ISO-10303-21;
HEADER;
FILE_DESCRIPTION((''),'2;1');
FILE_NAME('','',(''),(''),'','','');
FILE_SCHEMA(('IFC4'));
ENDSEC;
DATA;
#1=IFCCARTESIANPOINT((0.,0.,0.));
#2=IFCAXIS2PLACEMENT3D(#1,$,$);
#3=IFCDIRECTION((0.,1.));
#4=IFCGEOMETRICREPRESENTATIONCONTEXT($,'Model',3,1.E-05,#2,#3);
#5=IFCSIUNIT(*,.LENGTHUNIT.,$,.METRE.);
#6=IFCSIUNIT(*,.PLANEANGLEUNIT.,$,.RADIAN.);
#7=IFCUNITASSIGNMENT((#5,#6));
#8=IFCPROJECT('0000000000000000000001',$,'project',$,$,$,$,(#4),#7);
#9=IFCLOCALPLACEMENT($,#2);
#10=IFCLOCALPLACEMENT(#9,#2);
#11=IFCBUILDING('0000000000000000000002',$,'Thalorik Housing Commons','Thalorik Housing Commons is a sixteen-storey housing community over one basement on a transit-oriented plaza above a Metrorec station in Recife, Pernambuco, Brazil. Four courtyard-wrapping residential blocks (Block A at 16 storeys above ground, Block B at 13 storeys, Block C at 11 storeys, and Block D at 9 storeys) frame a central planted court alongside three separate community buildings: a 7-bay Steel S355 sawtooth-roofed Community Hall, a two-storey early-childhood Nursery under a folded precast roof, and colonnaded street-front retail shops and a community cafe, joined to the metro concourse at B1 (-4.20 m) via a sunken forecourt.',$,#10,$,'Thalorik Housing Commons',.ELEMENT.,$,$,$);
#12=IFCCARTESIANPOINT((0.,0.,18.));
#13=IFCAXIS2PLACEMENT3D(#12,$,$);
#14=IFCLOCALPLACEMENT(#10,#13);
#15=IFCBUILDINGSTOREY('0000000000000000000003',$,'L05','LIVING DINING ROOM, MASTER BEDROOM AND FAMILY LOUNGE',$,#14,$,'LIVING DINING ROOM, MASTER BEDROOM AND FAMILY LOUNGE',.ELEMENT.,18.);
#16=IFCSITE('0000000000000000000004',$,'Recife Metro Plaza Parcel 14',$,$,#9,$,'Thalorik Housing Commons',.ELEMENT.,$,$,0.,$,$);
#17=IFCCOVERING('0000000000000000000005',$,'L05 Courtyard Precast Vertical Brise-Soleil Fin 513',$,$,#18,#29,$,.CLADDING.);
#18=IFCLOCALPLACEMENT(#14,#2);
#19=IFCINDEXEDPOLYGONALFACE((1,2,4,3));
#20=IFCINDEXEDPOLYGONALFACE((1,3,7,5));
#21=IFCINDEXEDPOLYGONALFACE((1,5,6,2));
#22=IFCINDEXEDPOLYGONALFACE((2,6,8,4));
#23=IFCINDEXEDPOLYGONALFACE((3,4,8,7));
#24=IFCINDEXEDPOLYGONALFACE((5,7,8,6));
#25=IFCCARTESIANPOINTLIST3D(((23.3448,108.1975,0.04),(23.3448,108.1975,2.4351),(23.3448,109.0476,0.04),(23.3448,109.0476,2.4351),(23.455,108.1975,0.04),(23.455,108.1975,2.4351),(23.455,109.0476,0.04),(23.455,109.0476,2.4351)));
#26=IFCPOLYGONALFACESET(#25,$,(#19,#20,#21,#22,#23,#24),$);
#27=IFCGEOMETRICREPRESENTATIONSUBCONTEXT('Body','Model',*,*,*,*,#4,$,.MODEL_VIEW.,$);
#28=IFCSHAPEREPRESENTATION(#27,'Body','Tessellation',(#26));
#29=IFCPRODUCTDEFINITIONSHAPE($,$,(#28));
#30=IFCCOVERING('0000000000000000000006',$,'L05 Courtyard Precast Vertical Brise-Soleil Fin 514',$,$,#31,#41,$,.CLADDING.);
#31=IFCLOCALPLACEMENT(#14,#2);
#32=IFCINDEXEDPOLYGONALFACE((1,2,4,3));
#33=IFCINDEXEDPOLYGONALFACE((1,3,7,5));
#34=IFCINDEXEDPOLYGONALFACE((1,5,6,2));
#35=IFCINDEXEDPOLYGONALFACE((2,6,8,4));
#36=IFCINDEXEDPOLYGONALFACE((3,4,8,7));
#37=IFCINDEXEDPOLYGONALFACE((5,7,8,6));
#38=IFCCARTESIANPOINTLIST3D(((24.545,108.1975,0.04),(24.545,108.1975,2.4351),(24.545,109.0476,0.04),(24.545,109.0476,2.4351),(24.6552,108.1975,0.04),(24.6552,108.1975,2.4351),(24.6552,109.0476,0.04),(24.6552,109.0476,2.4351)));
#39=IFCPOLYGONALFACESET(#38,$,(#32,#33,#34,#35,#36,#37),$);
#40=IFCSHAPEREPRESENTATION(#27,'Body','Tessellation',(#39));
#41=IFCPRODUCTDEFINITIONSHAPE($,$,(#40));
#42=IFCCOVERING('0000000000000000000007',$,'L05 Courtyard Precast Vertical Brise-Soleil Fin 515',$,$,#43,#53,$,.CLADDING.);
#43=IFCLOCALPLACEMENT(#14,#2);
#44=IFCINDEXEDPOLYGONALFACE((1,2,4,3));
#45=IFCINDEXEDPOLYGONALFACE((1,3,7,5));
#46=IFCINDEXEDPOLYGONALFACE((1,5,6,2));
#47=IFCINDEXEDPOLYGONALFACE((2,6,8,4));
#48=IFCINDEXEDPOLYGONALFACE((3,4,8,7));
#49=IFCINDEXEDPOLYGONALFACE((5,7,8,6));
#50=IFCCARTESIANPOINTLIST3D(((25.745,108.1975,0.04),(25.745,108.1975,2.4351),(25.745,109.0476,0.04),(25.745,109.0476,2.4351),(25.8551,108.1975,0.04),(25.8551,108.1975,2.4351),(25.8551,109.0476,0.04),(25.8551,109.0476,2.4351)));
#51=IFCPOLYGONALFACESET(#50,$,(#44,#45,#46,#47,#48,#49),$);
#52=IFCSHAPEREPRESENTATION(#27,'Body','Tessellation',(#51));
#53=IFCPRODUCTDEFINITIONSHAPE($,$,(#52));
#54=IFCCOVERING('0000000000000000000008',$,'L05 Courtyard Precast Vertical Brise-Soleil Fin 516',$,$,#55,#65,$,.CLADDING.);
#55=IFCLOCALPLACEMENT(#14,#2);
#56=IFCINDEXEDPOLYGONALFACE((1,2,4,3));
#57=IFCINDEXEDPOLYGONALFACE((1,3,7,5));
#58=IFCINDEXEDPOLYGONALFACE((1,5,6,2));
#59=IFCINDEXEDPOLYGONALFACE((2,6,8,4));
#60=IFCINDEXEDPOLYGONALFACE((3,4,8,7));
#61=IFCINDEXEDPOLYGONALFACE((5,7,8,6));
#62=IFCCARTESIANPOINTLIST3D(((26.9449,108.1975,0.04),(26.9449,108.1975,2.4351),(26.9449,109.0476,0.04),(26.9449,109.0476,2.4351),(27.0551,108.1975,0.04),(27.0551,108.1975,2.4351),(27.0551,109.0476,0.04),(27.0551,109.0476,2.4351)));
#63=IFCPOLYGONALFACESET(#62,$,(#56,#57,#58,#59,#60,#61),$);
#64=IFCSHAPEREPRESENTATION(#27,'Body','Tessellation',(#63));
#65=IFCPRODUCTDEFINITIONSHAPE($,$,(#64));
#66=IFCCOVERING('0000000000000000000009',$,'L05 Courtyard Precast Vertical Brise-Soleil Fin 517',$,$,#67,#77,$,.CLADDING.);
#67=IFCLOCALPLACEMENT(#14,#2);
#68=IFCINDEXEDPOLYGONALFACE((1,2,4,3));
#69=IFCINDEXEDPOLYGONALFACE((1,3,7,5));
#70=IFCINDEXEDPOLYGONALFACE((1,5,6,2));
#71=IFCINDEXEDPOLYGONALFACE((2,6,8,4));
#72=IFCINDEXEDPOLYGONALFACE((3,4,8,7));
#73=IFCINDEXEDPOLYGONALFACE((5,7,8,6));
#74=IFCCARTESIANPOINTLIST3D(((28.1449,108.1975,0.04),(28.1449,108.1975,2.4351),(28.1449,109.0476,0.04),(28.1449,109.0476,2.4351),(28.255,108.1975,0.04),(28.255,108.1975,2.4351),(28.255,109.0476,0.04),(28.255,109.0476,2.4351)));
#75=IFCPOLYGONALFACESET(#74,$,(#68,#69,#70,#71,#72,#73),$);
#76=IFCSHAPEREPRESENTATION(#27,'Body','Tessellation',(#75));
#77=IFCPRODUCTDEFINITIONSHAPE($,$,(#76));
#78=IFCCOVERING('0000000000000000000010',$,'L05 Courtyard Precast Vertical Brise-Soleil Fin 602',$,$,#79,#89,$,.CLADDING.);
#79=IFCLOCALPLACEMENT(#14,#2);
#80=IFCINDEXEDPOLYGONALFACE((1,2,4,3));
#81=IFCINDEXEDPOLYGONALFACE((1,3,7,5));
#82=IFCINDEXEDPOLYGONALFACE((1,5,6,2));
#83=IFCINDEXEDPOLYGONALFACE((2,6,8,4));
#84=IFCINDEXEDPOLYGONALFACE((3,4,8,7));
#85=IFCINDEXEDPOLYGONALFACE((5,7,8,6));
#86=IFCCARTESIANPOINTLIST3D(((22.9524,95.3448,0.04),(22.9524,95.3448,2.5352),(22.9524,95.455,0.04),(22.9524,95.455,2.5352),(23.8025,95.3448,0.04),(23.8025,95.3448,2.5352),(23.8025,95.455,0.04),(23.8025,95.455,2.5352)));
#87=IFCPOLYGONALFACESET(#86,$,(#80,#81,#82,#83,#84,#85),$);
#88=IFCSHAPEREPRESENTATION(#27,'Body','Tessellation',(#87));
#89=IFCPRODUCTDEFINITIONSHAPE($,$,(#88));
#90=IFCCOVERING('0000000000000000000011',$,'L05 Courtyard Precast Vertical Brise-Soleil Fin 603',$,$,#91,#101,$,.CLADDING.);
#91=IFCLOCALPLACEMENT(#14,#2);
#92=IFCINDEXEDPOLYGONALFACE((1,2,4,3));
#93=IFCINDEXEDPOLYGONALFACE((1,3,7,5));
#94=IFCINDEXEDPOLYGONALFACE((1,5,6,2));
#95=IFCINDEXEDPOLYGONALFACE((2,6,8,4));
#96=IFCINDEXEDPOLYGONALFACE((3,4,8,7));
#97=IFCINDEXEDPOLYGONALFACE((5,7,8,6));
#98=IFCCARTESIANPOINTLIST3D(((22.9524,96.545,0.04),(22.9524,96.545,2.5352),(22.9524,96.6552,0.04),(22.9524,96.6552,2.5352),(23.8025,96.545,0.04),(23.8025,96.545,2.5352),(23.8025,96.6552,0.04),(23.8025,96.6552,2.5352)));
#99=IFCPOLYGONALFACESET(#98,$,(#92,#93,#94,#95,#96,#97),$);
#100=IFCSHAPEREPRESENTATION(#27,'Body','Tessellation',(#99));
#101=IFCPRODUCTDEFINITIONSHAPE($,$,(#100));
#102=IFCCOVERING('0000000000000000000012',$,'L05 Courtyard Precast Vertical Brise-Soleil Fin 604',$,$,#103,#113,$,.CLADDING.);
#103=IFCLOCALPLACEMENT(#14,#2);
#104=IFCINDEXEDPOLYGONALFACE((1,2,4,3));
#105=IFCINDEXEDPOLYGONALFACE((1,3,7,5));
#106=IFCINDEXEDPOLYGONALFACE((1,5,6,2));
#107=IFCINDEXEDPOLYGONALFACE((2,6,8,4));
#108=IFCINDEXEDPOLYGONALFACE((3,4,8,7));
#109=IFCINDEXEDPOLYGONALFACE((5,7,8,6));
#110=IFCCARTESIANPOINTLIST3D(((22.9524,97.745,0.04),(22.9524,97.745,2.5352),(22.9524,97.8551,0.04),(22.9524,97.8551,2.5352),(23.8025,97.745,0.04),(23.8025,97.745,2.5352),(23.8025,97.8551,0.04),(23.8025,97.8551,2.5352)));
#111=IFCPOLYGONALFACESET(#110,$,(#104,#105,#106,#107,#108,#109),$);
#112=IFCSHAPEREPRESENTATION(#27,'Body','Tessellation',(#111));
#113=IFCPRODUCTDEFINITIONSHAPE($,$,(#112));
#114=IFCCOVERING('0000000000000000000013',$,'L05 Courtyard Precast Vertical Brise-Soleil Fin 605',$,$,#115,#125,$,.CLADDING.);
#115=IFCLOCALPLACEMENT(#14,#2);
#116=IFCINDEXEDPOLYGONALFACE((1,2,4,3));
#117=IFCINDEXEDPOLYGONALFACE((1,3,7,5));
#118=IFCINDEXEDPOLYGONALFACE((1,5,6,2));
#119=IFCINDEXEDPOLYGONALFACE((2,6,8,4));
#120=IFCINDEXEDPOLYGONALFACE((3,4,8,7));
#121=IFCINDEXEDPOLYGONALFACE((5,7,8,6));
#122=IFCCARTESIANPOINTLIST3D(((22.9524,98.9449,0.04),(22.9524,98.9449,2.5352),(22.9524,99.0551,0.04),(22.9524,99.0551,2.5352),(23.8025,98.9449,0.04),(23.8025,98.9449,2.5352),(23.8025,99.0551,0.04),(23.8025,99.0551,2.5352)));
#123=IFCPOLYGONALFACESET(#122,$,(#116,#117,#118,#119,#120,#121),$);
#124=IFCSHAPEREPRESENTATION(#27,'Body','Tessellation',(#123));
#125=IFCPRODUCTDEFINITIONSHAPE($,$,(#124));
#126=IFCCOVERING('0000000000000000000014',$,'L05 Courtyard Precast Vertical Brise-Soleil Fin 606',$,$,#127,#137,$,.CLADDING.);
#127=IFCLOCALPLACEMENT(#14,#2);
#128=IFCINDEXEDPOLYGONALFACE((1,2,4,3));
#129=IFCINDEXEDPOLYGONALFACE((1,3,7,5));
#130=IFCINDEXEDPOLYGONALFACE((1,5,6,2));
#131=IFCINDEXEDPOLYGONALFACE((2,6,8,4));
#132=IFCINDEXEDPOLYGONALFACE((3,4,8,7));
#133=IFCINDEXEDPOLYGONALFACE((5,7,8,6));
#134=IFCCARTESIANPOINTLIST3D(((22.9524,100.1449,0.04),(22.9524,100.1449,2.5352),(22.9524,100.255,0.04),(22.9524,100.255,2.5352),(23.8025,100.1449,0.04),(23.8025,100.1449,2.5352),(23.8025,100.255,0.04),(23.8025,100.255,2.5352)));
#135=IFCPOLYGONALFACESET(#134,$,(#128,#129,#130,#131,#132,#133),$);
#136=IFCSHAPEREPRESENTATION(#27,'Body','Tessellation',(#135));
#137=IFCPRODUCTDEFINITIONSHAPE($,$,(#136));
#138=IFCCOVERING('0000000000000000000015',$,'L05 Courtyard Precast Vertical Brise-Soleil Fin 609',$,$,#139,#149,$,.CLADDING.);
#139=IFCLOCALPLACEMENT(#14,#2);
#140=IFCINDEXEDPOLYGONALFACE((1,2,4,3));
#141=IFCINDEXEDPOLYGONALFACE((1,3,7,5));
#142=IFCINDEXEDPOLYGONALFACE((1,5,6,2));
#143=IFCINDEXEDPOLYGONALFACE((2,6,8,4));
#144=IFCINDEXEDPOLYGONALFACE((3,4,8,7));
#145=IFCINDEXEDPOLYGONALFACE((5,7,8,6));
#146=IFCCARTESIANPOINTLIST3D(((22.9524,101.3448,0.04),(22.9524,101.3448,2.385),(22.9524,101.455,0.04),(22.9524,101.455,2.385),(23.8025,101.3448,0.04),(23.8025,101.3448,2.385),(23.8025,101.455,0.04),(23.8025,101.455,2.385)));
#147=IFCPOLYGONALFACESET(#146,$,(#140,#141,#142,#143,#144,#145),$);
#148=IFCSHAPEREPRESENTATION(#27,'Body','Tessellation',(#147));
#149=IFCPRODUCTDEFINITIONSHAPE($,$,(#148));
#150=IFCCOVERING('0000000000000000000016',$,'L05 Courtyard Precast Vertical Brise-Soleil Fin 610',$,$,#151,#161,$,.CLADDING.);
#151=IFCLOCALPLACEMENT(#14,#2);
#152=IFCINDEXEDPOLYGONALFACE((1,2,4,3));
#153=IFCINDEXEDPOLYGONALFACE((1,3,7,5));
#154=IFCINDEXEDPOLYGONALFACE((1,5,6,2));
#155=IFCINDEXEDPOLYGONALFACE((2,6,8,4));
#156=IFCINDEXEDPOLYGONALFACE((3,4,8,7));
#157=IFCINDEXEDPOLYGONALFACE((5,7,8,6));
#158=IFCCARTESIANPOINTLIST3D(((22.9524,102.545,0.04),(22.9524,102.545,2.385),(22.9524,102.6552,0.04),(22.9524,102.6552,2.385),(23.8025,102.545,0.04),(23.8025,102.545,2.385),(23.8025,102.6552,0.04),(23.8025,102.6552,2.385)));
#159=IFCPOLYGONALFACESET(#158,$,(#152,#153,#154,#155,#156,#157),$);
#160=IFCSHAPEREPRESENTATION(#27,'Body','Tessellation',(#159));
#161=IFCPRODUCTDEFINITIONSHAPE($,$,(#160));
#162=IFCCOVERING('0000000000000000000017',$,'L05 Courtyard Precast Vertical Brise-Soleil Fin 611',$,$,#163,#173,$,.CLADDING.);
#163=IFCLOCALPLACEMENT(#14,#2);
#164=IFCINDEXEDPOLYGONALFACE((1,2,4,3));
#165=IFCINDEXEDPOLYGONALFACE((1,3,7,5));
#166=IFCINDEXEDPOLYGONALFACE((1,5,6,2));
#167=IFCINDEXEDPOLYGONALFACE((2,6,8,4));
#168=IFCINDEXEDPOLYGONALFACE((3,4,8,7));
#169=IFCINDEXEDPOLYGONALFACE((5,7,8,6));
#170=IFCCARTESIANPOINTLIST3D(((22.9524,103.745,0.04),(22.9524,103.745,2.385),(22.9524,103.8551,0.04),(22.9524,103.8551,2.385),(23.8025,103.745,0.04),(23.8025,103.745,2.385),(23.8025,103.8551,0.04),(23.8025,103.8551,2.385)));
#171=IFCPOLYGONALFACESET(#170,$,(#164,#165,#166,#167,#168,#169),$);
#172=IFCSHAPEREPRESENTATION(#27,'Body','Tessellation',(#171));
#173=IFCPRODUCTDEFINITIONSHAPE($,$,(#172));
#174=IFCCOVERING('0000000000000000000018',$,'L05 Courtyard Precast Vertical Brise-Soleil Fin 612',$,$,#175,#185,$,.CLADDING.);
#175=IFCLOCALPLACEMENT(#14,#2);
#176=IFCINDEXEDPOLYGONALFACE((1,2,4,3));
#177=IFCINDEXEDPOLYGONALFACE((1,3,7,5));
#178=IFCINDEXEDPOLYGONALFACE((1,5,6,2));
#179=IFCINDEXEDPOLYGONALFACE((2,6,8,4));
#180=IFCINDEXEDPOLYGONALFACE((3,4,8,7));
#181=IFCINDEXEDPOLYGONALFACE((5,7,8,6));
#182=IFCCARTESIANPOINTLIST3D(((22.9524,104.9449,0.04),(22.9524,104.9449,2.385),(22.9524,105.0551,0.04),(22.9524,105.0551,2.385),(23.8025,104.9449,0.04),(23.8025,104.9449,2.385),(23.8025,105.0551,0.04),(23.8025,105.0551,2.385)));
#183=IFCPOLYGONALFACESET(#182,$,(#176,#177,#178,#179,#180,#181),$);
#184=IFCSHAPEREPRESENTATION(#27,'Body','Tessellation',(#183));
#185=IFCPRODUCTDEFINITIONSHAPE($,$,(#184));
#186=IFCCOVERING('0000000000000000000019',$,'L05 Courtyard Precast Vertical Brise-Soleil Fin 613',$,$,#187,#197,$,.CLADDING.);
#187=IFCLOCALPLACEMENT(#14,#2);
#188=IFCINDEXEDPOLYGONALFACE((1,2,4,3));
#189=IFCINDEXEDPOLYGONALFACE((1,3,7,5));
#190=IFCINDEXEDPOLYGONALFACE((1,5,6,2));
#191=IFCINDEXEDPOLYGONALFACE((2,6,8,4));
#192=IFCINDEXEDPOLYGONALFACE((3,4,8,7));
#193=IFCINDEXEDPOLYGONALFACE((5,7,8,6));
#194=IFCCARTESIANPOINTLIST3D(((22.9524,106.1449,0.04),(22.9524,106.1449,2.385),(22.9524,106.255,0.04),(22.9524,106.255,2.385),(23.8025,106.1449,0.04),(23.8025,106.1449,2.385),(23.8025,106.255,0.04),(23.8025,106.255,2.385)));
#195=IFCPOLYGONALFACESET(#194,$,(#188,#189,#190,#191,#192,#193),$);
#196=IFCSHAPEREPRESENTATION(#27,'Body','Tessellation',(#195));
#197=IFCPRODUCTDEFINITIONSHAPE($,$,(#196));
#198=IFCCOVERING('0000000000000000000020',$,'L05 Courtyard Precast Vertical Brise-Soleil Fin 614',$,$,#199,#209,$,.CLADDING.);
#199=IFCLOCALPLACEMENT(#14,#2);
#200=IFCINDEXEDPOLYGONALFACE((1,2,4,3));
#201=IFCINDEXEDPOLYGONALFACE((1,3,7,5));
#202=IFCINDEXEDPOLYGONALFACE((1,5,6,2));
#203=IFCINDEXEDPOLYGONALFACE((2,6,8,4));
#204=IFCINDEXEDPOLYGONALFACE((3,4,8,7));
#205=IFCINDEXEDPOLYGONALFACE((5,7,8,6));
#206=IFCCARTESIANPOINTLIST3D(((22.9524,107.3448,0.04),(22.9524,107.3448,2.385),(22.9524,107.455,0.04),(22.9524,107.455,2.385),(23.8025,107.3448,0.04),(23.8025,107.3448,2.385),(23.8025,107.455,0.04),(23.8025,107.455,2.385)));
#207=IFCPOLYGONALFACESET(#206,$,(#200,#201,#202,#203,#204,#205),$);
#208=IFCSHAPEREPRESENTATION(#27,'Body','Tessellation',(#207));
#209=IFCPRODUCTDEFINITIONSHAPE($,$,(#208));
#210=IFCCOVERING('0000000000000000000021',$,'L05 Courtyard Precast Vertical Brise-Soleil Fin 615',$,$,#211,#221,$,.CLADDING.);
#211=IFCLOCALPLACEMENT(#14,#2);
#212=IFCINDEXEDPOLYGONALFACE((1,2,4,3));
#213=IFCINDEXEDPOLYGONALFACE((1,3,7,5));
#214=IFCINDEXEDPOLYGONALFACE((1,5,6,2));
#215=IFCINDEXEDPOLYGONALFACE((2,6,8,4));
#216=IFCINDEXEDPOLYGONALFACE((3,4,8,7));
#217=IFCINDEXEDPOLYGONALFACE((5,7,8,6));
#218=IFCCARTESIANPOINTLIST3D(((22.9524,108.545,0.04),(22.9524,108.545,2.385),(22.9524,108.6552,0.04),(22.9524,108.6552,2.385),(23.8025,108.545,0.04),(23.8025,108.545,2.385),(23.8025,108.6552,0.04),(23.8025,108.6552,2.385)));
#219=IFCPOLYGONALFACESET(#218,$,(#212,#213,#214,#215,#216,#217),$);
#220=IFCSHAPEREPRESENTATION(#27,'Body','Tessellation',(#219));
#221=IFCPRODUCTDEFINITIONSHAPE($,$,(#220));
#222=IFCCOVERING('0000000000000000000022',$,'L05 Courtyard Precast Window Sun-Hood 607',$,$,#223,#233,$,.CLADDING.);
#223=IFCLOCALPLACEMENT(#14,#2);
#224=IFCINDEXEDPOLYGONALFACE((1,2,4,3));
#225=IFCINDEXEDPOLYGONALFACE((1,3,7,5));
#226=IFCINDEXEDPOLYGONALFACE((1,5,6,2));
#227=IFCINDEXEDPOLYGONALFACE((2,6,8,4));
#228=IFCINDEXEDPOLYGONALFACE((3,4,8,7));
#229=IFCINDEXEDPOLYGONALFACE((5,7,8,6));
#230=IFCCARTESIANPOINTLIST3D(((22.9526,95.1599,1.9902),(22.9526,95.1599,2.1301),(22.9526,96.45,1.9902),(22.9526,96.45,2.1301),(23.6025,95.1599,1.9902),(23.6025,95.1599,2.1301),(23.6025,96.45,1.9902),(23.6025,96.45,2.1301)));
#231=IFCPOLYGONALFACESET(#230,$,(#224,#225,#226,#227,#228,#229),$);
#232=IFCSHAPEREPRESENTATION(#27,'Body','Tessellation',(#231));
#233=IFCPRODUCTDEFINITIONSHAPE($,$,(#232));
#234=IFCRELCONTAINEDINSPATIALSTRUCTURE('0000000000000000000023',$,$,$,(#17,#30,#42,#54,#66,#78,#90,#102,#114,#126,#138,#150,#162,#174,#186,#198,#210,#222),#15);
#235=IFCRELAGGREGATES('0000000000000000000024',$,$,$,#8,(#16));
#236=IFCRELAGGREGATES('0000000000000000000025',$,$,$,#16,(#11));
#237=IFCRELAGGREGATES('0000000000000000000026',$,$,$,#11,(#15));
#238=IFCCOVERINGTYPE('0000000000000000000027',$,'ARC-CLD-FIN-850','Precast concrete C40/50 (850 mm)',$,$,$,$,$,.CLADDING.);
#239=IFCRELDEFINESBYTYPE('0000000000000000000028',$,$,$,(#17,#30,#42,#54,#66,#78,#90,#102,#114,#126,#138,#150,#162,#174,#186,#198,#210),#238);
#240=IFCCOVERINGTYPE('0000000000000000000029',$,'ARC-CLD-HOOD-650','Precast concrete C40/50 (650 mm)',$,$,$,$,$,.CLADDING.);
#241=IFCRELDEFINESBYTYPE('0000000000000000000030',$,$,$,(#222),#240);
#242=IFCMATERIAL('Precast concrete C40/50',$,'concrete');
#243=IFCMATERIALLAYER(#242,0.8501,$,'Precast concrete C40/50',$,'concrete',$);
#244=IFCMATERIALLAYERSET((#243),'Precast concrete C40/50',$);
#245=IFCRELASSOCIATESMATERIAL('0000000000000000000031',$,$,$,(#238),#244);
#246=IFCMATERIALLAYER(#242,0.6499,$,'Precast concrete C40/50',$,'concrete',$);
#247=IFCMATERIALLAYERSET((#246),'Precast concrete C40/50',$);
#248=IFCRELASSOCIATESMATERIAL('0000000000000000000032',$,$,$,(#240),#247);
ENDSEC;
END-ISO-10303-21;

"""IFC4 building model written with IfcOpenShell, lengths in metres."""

from ifc_helpers import new_model, si_unit, direction, frame, origin, origin_2d, place, context, subcontext, project, spatial, rectangle, extrude, material, layer, layer_set, type_object, element, save


model = new_model("IFC4")

# Units and contexts
model_context = context("Model", 3, precision=1e-05, world=origin(), true_north=direction((0.0, 1.0)))
body_context = subcontext(model_context, "Body", "Model", "MODEL_VIEW")
ifc_project = project(units=[si_unit("LENGTHUNIT", "METRE"), si_unit("PLANEANGLEUNIT", "RADIAN")], contexts=[model_context])

# Site, building, storey
site_placement = place(None, origin())
site = spatial("IfcSite", under=ifc_project, at=site_placement, Name="Recife Metro Plaza Parcel 14", LongName="Thalorik Housing Commons", CompositionType="ELEMENT", RefElevation=0.0)
building_placement = place(site_placement, origin())
building = spatial("IfcBuilding", under=site, at=building_placement, Name="Thalorik Housing Commons", Description="Thalorik Housing Commons is a sixteen-storey housing community over one basement on a transit-oriented plaza above a Metrorec station in Recife, Pernambuco, Brazil. Four courtyard-wrapping residential blocks (Block A at 16 storeys above ground, Block B at 13 storeys, Block C at 11 storeys, and Block D at 9 storeys) frame a central planted court alongside three separate community buildings: a 7-bay Steel S355 sawtooth-roofed Community Hall, a two-storey early-childhood Nursery under a folded precast roof, and colonnaded street-front retail shops and a community cafe, joined to the metro concourse at B1 (-4.20 m) via a sunken forecourt.", LongName="Thalorik Housing Commons", CompositionType="ELEMENT")
storey_placement = place(building_placement, frame((0.0, 0.0, 18.0)))
storey = spatial("IfcBuildingStorey", under=building, at=storey_placement, Name="L05", Description="LIVING DINING ROOM, MASTER BEDROOM AND FAMILY LOUNGE", LongName="LIVING DINING ROOM, MASTER BEDROOM AND FAMILY LOUNGE", CompositionType="ELEMENT", Elevation=18.0)

# Shared definitions
ifc_material_1 = material(Name="Precast concrete C40/50", Category="concrete")

# Coverings
ifc_layer_1 = layer(ifc_material_1, 0.8501, Name="Precast concrete C40/50", Category="concrete")
ifc_layer_set_1 = layer_set([ifc_layer_1], Name="Precast concrete C40/50")
covering_type_1 = type_object("IfcCoveringType", Name="ARC-CLD-FIN-850", Description="Precast concrete C40/50 (850 mm)", PredefinedType="CLADDING", material=ifc_layer_set_1)
for number, where, z_axis, x_axis, name in (
    (1, (23.3999, 108.6226, 0.04), (0.0, 0.0, 1.0), (1.0, 0.0, 0.0), "L05 Courtyard Precast Vertical Brise-Soleil Fin 513"),
    (2, (24.6001, 108.6226, 0.04), (0.0, 0.0, 1.0), (1.0, 0.0, 0.0), "L05 Courtyard Precast Vertical Brise-Soleil Fin 514"),
    (3, (25.8, 108.6226, 0.04), (0.0, 0.0, 1.0), (1.0, 0.0, 0.0), "L05 Courtyard Precast Vertical Brise-Soleil Fin 515"),
    (4, (27.0, 108.6226, 0.04), (0.0, 0.0, 1.0), (1.0, 0.0, 0.0), "L05 Courtyard Precast Vertical Brise-Soleil Fin 516"),
    (5, (28.2, 108.6226, 0.04), (0.0, 0.0, 1.0), (1.0, 0.0, 0.0), "L05 Courtyard Precast Vertical Brise-Soleil Fin 517"),
):
    element("IfcCovering", number, at=place(storey_placement, frame(where, z_axis=z_axis, x_axis=x_axis)), inside=storey, type_object=covering_type_1, Name=name, PredefinedType="CLADDING", context=body_context, shape_type="SweptSolid", body=[
        extrude(rectangle(XDim=0.1101, YDim=0.8501, at=origin_2d()), origin(), (0.0, 0.0, 1.0), 2.395),
    ])
for number, where, z_axis, x_axis, name in (
    (6, (23.3774, 95.3999, 0.04), (0.0, 0.0, 1.0), (0.0, 1.0, 0.0), "L05 Courtyard Precast Vertical Brise-Soleil Fin 602"),
    (7, (23.3774, 96.6001, 0.04), (0.0, 0.0, 1.0), (0.0, 1.0, 0.0), "L05 Courtyard Precast Vertical Brise-Soleil Fin 603"),
    (8, (23.3774, 97.8, 0.04), (0.0, 0.0, 1.0), (0.0, 1.0, 0.0), "L05 Courtyard Precast Vertical Brise-Soleil Fin 604"),
    (9, (23.3774, 99.0, 0.04), (0.0, 0.0, 1.0), (0.0, 1.0, 0.0), "L05 Courtyard Precast Vertical Brise-Soleil Fin 605"),
    (10, (23.3774, 100.2, 0.04), (0.0, 0.0, 1.0), (0.0, 1.0, 0.0), "L05 Courtyard Precast Vertical Brise-Soleil Fin 606"),
):
    element("IfcCovering", number, at=place(storey_placement, frame(where, z_axis=z_axis, x_axis=x_axis)), inside=storey, type_object=covering_type_1, Name=name, PredefinedType="CLADDING", context=body_context, shape_type="SweptSolid", body=[
        extrude(rectangle(XDim=0.1101, YDim=0.8501, at=origin_2d()), origin(), (0.0, 0.0, 1.0), 2.4951),
    ])
for number, where, z_axis, x_axis, name in (
    (11, (23.3774, 101.3999, 0.04), (0.0, 0.0, 1.0), (0.0, 1.0, 0.0), "L05 Courtyard Precast Vertical Brise-Soleil Fin 609"),
    (12, (23.3774, 102.6001, 0.04), (0.0, 0.0, 1.0), (0.0, 1.0, 0.0), "L05 Courtyard Precast Vertical Brise-Soleil Fin 610"),
    (13, (23.3774, 103.8, 0.04), (0.0, 0.0, 1.0), (0.0, 1.0, 0.0), "L05 Courtyard Precast Vertical Brise-Soleil Fin 611"),
    (14, (23.3774, 105.0, 0.04), (0.0, 0.0, 1.0), (0.0, 1.0, 0.0), "L05 Courtyard Precast Vertical Brise-Soleil Fin 612"),
    (15, (23.3774, 106.2, 0.04), (0.0, 0.0, 1.0), (0.0, 1.0, 0.0), "L05 Courtyard Precast Vertical Brise-Soleil Fin 613"),
    (16, (23.3774, 107.3999, 0.04), (0.0, 0.0, 1.0), (0.0, 1.0, 0.0), "L05 Courtyard Precast Vertical Brise-Soleil Fin 614"),
    (17, (23.3774, 108.6001, 0.04), (0.0, 0.0, 1.0), (0.0, 1.0, 0.0), "L05 Courtyard Precast Vertical Brise-Soleil Fin 615"),
):
    element("IfcCovering", number, at=place(storey_placement, frame(where, z_axis=z_axis, x_axis=x_axis)), inside=storey, type_object=covering_type_1, Name=name, PredefinedType="CLADDING", context=body_context, shape_type="SweptSolid", body=[
        extrude(rectangle(XDim=0.1101, YDim=0.8501, at=origin_2d()), origin(), (0.0, 0.0, 1.0), 2.345),
    ])
ifc_layer_2 = layer(ifc_material_1, 0.6499, Name="Precast concrete C40/50", Category="concrete")
ifc_layer_set_2 = layer_set([ifc_layer_2], Name="Precast concrete C40/50")
covering_type_2 = type_object("IfcCoveringType", Name="ARC-CLD-HOOD-650", Description="Precast concrete C40/50 (650 mm)", PredefinedType="CLADDING", material=ifc_layer_set_2)
covering_1_placement = place(storey_placement, frame((23.2776, 95.8049, 1.9902), z_axis=(0.0, 0.0, 1.0), x_axis=(0.0, 1.0, 0.0)))
element("IfcCovering", 18, at=covering_1_placement, inside=storey, type_object=covering_type_2, Name="L05 Courtyard Precast Window Sun-Hood 607", PredefinedType="CLADDING", context=body_context, shape_type="SweptSolid", body=[
    extrude(rectangle(XDim=1.29, YDim=0.6499, at=origin_2d()), origin(), (0.0, 0.0, 1.0), 0.1399),
])

save(model, "model.ifc")
